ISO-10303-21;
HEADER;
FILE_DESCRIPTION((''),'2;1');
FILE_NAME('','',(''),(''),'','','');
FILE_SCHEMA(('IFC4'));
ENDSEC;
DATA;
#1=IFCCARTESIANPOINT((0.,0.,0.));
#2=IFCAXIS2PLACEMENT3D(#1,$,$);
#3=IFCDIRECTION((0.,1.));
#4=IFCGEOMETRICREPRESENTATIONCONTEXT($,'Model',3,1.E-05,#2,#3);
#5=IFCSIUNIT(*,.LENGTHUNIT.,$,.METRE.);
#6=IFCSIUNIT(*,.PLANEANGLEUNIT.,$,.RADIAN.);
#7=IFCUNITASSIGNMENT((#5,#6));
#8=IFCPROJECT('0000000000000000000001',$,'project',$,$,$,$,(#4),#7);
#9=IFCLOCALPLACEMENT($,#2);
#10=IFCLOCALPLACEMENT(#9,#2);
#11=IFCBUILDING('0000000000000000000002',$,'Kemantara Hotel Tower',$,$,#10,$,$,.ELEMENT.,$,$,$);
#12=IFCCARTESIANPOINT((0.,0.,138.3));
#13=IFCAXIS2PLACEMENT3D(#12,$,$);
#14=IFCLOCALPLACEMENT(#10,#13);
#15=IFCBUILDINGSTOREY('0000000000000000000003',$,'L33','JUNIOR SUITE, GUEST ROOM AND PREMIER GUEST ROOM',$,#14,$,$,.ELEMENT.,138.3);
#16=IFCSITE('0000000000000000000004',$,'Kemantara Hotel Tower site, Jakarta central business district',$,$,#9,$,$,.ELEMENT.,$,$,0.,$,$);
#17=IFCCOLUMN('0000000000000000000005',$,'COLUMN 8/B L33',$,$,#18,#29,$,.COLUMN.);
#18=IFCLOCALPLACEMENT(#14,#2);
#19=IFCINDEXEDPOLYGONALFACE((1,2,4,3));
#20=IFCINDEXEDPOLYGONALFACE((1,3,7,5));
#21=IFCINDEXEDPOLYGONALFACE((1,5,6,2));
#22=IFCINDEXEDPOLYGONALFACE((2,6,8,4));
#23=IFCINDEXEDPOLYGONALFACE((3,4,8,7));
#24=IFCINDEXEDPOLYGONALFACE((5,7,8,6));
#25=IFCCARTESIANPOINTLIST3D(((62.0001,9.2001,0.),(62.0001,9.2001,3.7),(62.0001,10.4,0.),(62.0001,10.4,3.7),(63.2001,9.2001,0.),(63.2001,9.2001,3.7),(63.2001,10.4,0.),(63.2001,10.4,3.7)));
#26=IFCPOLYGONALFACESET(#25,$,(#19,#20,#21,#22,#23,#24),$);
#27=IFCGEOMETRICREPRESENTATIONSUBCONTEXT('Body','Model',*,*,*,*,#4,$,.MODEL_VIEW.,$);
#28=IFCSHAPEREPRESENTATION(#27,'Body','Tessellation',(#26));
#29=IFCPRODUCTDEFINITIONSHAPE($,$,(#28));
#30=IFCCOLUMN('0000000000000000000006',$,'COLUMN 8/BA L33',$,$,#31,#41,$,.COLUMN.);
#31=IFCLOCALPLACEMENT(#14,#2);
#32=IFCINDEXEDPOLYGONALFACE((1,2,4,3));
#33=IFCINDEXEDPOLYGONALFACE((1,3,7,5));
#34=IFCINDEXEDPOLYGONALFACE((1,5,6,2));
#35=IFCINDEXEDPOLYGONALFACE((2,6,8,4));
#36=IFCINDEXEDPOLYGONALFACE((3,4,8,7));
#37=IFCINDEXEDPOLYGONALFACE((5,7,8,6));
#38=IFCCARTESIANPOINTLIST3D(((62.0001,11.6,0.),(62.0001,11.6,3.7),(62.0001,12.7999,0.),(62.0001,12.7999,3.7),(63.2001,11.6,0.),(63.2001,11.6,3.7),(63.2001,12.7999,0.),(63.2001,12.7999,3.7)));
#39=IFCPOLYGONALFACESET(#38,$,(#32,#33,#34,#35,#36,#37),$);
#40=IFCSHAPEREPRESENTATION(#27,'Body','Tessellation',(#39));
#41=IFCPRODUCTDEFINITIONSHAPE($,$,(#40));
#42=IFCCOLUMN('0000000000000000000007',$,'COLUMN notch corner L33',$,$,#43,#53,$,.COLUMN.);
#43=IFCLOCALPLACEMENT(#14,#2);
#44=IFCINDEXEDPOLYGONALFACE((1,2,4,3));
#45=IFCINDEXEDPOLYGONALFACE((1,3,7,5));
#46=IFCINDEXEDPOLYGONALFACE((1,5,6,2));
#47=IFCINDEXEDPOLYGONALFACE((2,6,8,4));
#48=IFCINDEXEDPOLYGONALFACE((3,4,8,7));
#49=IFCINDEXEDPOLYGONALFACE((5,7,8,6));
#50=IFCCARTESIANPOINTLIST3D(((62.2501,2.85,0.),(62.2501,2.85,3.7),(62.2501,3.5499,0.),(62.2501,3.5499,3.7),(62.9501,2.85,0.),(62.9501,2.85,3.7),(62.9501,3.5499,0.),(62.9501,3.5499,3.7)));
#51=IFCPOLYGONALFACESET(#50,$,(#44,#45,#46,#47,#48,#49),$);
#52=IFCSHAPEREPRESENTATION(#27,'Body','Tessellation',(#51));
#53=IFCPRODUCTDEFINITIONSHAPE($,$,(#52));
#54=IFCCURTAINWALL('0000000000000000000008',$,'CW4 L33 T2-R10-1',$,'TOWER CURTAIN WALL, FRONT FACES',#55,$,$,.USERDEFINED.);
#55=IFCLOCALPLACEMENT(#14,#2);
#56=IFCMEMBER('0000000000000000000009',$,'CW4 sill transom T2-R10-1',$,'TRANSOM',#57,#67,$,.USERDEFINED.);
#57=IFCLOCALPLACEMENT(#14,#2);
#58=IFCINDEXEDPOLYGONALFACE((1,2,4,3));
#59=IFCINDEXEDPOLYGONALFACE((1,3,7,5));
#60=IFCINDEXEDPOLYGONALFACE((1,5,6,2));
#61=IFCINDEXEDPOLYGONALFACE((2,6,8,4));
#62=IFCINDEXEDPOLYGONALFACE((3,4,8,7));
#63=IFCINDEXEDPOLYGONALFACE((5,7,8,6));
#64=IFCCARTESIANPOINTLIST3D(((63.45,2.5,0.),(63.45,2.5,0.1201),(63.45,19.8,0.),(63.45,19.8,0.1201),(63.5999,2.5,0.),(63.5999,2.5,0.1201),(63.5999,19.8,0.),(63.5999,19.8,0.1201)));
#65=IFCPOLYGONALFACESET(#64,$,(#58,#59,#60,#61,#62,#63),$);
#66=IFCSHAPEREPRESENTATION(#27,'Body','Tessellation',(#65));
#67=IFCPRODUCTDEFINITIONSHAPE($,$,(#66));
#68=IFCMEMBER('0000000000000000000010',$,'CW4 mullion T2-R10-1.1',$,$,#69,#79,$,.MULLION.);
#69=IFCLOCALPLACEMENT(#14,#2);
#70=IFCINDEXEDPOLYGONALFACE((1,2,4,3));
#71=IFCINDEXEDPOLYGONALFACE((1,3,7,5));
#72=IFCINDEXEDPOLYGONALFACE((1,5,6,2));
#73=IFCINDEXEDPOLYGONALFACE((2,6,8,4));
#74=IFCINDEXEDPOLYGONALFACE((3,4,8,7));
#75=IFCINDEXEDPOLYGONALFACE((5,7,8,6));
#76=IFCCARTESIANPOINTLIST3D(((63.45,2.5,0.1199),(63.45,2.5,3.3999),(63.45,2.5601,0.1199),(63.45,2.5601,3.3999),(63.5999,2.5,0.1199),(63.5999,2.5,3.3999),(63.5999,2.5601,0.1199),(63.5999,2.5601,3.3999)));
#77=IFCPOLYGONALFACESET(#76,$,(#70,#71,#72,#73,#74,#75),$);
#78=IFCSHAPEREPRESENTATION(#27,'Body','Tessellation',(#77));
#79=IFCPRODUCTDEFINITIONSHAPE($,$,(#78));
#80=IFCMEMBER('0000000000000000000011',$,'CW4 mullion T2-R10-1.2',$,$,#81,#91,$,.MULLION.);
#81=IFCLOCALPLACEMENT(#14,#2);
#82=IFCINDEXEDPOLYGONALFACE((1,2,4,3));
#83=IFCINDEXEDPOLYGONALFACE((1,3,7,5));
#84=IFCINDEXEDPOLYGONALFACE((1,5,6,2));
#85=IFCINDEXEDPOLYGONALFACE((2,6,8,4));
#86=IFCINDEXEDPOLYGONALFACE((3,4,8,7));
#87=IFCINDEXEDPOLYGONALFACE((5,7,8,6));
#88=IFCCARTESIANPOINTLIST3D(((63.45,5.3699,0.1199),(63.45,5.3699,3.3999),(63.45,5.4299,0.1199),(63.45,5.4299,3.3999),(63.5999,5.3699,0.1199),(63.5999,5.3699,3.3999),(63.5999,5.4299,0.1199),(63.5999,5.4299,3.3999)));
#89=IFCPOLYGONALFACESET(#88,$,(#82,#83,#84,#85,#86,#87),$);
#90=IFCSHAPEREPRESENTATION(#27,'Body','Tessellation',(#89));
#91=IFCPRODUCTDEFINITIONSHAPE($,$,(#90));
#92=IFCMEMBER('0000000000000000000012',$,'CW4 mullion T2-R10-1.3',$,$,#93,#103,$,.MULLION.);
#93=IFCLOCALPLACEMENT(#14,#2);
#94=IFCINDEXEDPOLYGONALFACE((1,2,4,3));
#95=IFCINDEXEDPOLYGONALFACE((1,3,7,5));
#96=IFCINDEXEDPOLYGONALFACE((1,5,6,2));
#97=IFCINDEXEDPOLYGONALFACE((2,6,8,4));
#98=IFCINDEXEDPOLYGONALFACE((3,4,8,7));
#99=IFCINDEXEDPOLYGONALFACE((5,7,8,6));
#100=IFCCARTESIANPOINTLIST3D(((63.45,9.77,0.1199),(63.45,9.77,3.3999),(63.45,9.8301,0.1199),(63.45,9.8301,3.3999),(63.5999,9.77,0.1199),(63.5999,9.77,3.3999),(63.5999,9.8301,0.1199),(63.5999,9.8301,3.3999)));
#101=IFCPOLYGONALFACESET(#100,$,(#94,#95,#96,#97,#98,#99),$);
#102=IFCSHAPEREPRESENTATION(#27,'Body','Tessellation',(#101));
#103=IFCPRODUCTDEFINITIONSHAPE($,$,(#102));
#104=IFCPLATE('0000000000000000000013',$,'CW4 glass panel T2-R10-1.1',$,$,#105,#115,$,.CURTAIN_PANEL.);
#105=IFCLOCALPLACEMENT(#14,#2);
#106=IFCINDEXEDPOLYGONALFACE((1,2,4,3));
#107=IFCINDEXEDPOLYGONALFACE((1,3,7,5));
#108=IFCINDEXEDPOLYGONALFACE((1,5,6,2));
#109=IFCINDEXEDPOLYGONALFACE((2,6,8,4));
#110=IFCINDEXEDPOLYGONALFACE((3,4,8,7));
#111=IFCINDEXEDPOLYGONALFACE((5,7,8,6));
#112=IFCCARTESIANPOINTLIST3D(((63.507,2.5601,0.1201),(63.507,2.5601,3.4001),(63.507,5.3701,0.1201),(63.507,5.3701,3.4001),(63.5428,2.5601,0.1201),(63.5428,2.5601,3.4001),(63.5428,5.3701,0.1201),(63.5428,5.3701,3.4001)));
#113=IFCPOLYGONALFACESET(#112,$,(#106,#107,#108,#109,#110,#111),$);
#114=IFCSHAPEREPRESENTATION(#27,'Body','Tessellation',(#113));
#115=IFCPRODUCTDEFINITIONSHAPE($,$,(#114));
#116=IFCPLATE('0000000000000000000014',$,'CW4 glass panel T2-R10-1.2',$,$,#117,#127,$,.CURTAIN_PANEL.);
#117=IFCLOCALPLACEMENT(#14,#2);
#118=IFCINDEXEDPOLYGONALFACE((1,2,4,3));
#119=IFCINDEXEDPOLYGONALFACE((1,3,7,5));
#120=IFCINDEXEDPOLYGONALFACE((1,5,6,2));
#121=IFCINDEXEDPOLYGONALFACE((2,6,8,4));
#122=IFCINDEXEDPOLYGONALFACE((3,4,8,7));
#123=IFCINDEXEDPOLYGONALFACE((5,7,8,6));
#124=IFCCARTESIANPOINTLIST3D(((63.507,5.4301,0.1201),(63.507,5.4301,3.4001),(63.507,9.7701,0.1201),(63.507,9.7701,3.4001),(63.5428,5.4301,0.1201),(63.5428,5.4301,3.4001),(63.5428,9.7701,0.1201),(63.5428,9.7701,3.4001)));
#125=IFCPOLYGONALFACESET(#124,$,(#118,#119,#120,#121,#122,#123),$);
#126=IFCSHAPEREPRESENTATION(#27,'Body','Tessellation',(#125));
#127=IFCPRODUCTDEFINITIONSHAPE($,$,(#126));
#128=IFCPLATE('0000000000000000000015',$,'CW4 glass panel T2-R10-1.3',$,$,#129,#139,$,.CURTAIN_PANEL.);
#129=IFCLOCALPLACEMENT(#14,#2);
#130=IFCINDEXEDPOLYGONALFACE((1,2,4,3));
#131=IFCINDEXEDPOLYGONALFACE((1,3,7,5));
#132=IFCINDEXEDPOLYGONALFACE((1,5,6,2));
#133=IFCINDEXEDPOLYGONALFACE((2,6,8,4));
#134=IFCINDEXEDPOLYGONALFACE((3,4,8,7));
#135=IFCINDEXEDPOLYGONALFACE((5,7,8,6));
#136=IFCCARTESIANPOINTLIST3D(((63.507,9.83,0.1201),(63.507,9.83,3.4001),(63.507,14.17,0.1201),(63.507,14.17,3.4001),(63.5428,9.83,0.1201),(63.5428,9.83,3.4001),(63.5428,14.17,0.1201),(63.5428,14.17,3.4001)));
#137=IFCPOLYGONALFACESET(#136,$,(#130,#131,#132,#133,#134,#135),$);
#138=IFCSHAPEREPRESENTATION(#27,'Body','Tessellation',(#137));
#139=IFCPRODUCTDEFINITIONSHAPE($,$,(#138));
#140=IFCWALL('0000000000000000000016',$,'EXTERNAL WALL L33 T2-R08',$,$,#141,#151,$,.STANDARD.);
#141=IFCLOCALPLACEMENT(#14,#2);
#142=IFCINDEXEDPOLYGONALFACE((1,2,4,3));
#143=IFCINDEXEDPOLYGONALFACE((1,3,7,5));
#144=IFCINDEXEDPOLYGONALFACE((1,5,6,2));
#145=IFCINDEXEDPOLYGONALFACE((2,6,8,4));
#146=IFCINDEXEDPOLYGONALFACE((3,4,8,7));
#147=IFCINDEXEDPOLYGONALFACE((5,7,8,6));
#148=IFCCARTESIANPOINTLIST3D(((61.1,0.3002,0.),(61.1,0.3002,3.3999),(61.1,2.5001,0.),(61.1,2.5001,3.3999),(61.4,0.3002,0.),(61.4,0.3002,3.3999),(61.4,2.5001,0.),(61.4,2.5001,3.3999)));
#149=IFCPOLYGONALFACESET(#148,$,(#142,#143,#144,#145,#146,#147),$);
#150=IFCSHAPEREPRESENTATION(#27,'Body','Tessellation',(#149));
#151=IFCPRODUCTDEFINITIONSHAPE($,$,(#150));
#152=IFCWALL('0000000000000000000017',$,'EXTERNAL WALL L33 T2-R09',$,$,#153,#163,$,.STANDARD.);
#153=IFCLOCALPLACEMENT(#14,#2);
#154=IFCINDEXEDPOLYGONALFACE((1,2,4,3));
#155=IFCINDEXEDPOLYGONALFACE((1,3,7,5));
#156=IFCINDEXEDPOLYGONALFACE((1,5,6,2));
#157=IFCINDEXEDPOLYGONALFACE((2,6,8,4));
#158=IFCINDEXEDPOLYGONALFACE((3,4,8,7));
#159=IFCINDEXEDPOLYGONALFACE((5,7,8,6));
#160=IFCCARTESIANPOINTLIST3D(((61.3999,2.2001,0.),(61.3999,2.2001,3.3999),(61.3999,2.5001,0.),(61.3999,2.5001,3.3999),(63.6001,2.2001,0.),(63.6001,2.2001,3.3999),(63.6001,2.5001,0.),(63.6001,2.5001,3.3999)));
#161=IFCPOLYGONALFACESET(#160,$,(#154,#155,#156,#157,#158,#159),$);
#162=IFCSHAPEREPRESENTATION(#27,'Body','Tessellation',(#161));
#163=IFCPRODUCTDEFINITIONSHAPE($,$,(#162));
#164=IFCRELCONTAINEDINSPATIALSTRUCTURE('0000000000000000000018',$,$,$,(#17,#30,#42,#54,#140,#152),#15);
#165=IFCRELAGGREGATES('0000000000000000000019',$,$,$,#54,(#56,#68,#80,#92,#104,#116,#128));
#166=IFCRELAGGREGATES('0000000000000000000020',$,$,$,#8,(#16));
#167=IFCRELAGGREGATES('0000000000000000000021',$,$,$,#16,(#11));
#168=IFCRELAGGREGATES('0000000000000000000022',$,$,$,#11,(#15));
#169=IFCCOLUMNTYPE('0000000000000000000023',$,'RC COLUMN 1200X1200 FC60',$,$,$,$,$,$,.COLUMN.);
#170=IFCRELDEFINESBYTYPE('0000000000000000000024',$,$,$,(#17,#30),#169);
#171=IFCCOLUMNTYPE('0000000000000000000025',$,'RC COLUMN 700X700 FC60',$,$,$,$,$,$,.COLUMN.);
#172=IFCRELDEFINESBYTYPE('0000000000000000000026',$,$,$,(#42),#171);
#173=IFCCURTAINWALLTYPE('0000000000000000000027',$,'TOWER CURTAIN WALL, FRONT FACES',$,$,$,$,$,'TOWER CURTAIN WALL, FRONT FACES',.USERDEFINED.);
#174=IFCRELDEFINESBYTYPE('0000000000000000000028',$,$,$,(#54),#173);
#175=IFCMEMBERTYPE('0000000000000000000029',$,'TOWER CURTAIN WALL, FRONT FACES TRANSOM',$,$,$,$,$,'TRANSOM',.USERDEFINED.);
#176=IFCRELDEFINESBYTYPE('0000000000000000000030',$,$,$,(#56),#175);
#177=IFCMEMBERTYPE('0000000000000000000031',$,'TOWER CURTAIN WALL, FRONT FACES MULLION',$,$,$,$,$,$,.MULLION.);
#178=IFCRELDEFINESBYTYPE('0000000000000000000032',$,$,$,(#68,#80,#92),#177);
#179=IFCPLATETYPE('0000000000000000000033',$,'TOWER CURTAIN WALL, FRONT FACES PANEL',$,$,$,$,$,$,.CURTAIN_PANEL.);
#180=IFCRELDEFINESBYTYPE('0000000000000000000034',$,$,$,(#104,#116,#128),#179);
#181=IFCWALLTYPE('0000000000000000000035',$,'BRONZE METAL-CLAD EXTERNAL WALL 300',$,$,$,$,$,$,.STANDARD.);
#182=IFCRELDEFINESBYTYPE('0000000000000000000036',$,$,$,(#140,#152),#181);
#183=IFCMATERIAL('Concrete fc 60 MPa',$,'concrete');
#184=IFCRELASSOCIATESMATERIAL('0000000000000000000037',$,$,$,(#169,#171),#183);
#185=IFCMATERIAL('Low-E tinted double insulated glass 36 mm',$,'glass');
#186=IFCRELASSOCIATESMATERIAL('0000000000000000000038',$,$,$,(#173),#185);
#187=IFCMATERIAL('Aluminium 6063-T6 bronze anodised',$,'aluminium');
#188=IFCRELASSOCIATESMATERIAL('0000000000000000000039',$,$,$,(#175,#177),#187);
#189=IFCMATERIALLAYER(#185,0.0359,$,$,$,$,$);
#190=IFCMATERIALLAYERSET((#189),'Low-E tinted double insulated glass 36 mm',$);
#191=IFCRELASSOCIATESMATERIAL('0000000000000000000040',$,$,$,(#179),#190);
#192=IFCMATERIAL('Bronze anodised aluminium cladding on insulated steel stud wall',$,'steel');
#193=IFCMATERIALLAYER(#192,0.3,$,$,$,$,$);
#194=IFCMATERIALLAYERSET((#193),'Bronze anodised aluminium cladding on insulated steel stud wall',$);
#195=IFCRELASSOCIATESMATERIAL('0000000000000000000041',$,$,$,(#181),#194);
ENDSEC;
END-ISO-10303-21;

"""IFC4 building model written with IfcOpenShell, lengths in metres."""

from ifc_helpers import new_model, si_unit, direction, frame, frame_2d, origin, origin_2d, place, context, subcontext, project, spatial, rectangle, extrude, source, transform, mapped, material, layer, layer_set, material_profile, profile_set, type_object, element, aggregate, save


model = new_model("IFC4")

# Units and contexts
model_context = context("Model", 3, precision=1e-05, world=origin(), true_north=direction((0.0, 1.0)))
body_context = subcontext(model_context, "Body", "Model", "MODEL_VIEW")
ifc_project = project(units=[si_unit("LENGTHUNIT", "METRE"), si_unit("PLANEANGLEUNIT", "RADIAN")], contexts=[model_context])

# Site, building, storey
site_placement = place(None, origin())
site = spatial("IfcSite", under=ifc_project, at=site_placement, Name="Kemantara Hotel Tower site, Jakarta central business district", CompositionType="ELEMENT", RefElevation=0.0)
building_placement = place(site_placement, origin())
building = spatial("IfcBuilding", under=site, at=building_placement, Name="Kemantara Hotel Tower", CompositionType="ELEMENT")
storey_placement = place(building_placement, frame((0.0, 0.0, 138.3)))
storey = spatial("IfcBuildingStorey", under=building, at=storey_placement, Name="L33", Description="JUNIOR SUITE, GUEST ROOM AND PREMIER GUEST ROOM", CompositionType="ELEMENT", Elevation=138.3)

# Columns
ifc_material_1 = material(Name="Concrete fc 60 MPa", Category="concrete")
ifc_material_profile_1 = material_profile(ifc_material_1, rectangle(XDim=1.2, YDim=1.2, at=origin_2d()), Name="RC 1200X1200")
ifc_profile_set_1 = profile_set([ifc_material_profile_1], Name="Concrete fc 60 MPa")
column_type_1 = type_object("IfcColumnType", Name="RC COLUMN 1200X1200 FC60", PredefinedType="COLUMN", material=ifc_profile_set_1)
for number, where, z_axis, x_axis, name in (
    (1, (62.6001, 9.8, 0.0), (0.0, 0.0, 1.0), (1.0, 0.0, 0.0), "COLUMN 8/B L33"),
    (2, (62.6001, 12.2, 0.0), (0.0, 0.0, 1.0), (1.0, 0.0, 0.0), "COLUMN 8/BA L33"),
):
    element("IfcColumn", number, at=place(storey_placement, frame(where, z_axis=z_axis, x_axis=x_axis)), inside=storey, type_object=column_type_1, Name=name, PredefinedType="COLUMN", context=body_context, shape_type="SweptSolid", body=[
        extrude(rectangle(XDim=1.2, YDim=1.2, at=origin_2d()), origin(), (0.0, 0.0, 1.0), 3.7),
    ])
ifc_material_profile_2 = material_profile(ifc_material_1, rectangle(XDim=0.7, YDim=0.7, at=origin_2d()), Name="RC 700X700")
ifc_profile_set_2 = profile_set([ifc_material_profile_2], Name="Concrete fc 60 MPa")
column_type_2 = type_object("IfcColumnType", Name="RC COLUMN 700X700 FC60", PredefinedType="COLUMN", material=ifc_profile_set_2)
column_placement = place(storey_placement, frame((62.6001, 3.2, 0.0), z_axis=(0.0, 0.0, 1.0), x_axis=(1.0, 0.0, 0.0)))
element("IfcColumn", 3, at=column_placement, inside=storey, type_object=column_type_2, Name="COLUMN notch corner L33", PredefinedType="COLUMN", context=body_context, shape_type="SweptSolid", body=[
    extrude(rectangle(XDim=0.7, YDim=0.7, at=origin_2d()), origin(), (0.0, 0.0, 1.0), 3.7),
])

# Curtain wall, members, plates
ifc_material_2 = material(Name="Low-E tinted double insulated glass 36 mm", Category="glass")
curtain_wall_type = type_object("IfcCurtainWallType", Name="TOWER CURTAIN WALL, FRONT FACES", ElementType="TOWER CURTAIN WALL, FRONT FACES", PredefinedType="USERDEFINED", material=ifc_material_2)
curtain_wall_placement = place(storey_placement, origin())
curtain_wall = element("IfcCurtainWall", 4, at=curtain_wall_placement, inside=storey, type_object=curtain_wall_type, Name="CW4 L33 T2-R10-1", ObjectType="TOWER CURTAIN WALL, FRONT FACES", PredefinedType="USERDEFINED")
ifc_material_3 = material(Name="Aluminium 6063-T6 bronze anodised", Category="aluminium")
ifc_material_profile_3 = material_profile(ifc_material_3, rectangle(XDim=0.1499, YDim=0.1201, at=origin_2d()), Name="TOWER CURTAIN WALL, FRONT FACES TRANSOM")
ifc_profile_set_3 = profile_set([ifc_material_profile_3], Name="Aluminium 6063-T6 bronze anodised")
member_type_1 = type_object("IfcMemberType", Name="TOWER CURTAIN WALL, FRONT FACES TRANSOM", ElementType="TRANSOM", PredefinedType="USERDEFINED", material=ifc_profile_set_3)
member_1_placement = place(storey_placement, frame((63.5249, 2.5, 0.0601), z_axis=(0.0, 1.0, 0.0), x_axis=(-1.0, 0.0, 0.0)))
member_1 = element("IfcMember", 5, at=member_1_placement, type_object=member_type_1, Name="CW4 sill transom T2-R10-1", ObjectType="TRANSOM", PredefinedType="USERDEFINED", context=body_context, shape_type="SweptSolid", body=[
    extrude(rectangle(XDim=0.1499, YDim=0.1201, at=origin_2d()), origin(), (0.0, 0.0, 1.0), 17.3),
])
ifc_material_profile_4 = material_profile(ifc_material_3, rectangle(XDim=0.1499, YDim=0.0601, at=origin_2d()), Name="TOWER CURTAIN WALL, FRONT FACES MULLION")
ifc_profile_set_4 = profile_set([ifc_material_profile_4], Name="Aluminium 6063-T6 bronze anodised")
member_type_2 = type_object("IfcMemberType", Name="TOWER CURTAIN WALL, FRONT FACES MULLION", PredefinedType="MULLION", material=ifc_profile_set_4)
shared_shape_1 = source(origin(), body_context, "Body", "SweptSolid", [
    extrude(rectangle(XDim=0.1499, YDim=0.0601, at=origin_2d()), origin(), (0.0, 0.0, 1.0), 3.28),
])
member_2_placement = place(storey_placement, frame((63.5249, 2.53, 0.1199), z_axis=(0.0, 0.0, 1.0), x_axis=(-1.0, 0.0, 0.0)))
member_2 = element("IfcMember", 6, at=member_2_placement, type_object=member_type_2, Name="CW4 mullion T2-R10-1.1", PredefinedType="MULLION", context=body_context, shape_type="MappedRepresentation", body=[
    mapped(shared_shape_1, transform((0.0, 0.0, 0.0))),
])
member_3_placement = place(storey_placement, frame((63.5249, 5.3999, 0.1199), z_axis=(0.0, 0.0, 1.0), x_axis=(-1.0, 0.0, 0.0)))
member_3 = element("IfcMember", 7, at=member_3_placement, type_object=member_type_2, Name="CW4 mullion T2-R10-1.2", PredefinedType="MULLION", context=body_context, shape_type="MappedRepresentation", body=[
    mapped(shared_shape_1, transform((0.0, 0.0, 0.0))),
])
member_4_placement = place(storey_placement, frame((63.5249, 9.8, 0.1199), z_axis=(0.0, 0.0, 1.0), x_axis=(-1.0, 0.0, 0.0)))
member_4 = element("IfcMember", 8, at=member_4_placement, type_object=member_type_2, Name="CW4 mullion T2-R10-1.3", PredefinedType="MULLION", context=body_context, shape_type="MappedRepresentation", body=[
    mapped(shared_shape_1, transform((0.0, 0.0, 0.0))),
])
ifc_layer_1 = layer(ifc_material_2, 0.0359)
ifc_layer_set_1 = layer_set([ifc_layer_1], Name="Low-E tinted double insulated glass 36 mm")
plate_type = type_object("IfcPlateType", Name="TOWER CURTAIN WALL, FRONT FACES PANEL", PredefinedType="CURTAIN_PANEL", material=ifc_layer_set_1)
shared_shape_2 = source(origin(), body_context, "Body", "SweptSolid", [
    extrude(rectangle(XDim=2.8101, YDim=0.0359, at=origin_2d()), origin(), (0.0, 0.0, 1.0), 3.28),
])
plate_1_placement = place(storey_placement, frame((63.5249, 3.9651, 0.1201), z_axis=(0.0, 0.0, 1.0), x_axis=(0.0, 1.0, 0.0)))
plate_1 = element("IfcPlate", 9, at=plate_1_placement, type_object=plate_type, Name="CW4 glass panel T2-R10-1.1", PredefinedType="CURTAIN_PANEL", context=body_context, shape_type="MappedRepresentation", body=[
    mapped(shared_shape_2, transform((0.0, 0.0, 0.0))),
])
shared_shape_3 = source(origin(), body_context, "Body", "SweptSolid", [
    extrude(rectangle(XDim=4.3401, YDim=0.0359, at=origin_2d()), origin(), (0.0, 0.0, 1.0), 3.28),
])
plate_2_placement = place(storey_placement, frame((63.5249, 7.6001, 0.1201), z_axis=(0.0, 0.0, 1.0), x_axis=(0.0, 1.0, 0.0)))
plate_2 = element("IfcPlate", 10, at=plate_2_placement, type_object=plate_type, Name="CW4 glass panel T2-R10-1.2", PredefinedType="CURTAIN_PANEL", context=body_context, shape_type="MappedRepresentation", body=[
    mapped(shared_shape_3, transform((0.0, 0.0, 0.0))),
])
plate_3_placement = place(storey_placement, frame((63.5249, 12.0, 0.1201), z_axis=(0.0, 0.0, 1.0), x_axis=(0.0, 1.0, 0.0)))
plate_3 = element("IfcPlate", 11, at=plate_3_placement, type_object=plate_type, Name="CW4 glass panel T2-R10-1.3", PredefinedType="CURTAIN_PANEL", context=body_context, shape_type="MappedRepresentation", body=[
    mapped(shared_shape_3, transform((0.0, 0.0, 0.0))),
])
aggregate(curtain_wall, [member_1, member_2, member_3, member_4, plate_1, plate_2, plate_3])

# Walls
ifc_material_4 = material(Name="Bronze anodised aluminium cladding on insulated steel stud wall", Category="steel")
ifc_layer_2 = layer(ifc_material_4, 0.3)
ifc_layer_set_2 = layer_set([ifc_layer_2], Name="Bronze anodised aluminium cladding on insulated steel stud wall")
wall_type_1 = type_object("IfcWallType", Name="BRONZE METAL-CLAD EXTERNAL WALL 300", PredefinedType="STANDARD", material=ifc_layer_set_2)
wall_1_placement = place(storey_placement, frame((61.25, 0.3, 0.0), z_axis=(0.0, 0.0, 1.0), x_axis=(0.0, 1.0, 0.0)))
element("IfcWall", 12, at=wall_1_placement, inside=storey, type_object=wall_type_1, Name="EXTERNAL WALL L33 T2-R08", PredefinedType="STANDARD", context=body_context, shape_type="SweptSolid", body=[
    extrude(rectangle(XDim=2.2, YDim=0.3, at=frame_2d((1.1001, 0.0))), origin(), (0.0, 0.0, 1.0), 3.3999),
])
wall_2_placement = place(storey_placement, frame((61.3999, 2.3501, 0.0), z_axis=(0.0, 0.0, 1.0), x_axis=(1.0, 0.0, 0.0)))
element("IfcWall", 13, at=wall_2_placement, inside=storey, type_object=wall_type_1, Name="EXTERNAL WALL L33 T2-R09", PredefinedType="STANDARD", context=body_context, shape_type="SweptSolid", body=[
    extrude(rectangle(XDim=2.2002, YDim=0.3, at=frame_2d((1.1001, 0.0))), origin(), (0.0, 0.0, 1.0), 3.3999),
])

save(model, "model.ifc")
